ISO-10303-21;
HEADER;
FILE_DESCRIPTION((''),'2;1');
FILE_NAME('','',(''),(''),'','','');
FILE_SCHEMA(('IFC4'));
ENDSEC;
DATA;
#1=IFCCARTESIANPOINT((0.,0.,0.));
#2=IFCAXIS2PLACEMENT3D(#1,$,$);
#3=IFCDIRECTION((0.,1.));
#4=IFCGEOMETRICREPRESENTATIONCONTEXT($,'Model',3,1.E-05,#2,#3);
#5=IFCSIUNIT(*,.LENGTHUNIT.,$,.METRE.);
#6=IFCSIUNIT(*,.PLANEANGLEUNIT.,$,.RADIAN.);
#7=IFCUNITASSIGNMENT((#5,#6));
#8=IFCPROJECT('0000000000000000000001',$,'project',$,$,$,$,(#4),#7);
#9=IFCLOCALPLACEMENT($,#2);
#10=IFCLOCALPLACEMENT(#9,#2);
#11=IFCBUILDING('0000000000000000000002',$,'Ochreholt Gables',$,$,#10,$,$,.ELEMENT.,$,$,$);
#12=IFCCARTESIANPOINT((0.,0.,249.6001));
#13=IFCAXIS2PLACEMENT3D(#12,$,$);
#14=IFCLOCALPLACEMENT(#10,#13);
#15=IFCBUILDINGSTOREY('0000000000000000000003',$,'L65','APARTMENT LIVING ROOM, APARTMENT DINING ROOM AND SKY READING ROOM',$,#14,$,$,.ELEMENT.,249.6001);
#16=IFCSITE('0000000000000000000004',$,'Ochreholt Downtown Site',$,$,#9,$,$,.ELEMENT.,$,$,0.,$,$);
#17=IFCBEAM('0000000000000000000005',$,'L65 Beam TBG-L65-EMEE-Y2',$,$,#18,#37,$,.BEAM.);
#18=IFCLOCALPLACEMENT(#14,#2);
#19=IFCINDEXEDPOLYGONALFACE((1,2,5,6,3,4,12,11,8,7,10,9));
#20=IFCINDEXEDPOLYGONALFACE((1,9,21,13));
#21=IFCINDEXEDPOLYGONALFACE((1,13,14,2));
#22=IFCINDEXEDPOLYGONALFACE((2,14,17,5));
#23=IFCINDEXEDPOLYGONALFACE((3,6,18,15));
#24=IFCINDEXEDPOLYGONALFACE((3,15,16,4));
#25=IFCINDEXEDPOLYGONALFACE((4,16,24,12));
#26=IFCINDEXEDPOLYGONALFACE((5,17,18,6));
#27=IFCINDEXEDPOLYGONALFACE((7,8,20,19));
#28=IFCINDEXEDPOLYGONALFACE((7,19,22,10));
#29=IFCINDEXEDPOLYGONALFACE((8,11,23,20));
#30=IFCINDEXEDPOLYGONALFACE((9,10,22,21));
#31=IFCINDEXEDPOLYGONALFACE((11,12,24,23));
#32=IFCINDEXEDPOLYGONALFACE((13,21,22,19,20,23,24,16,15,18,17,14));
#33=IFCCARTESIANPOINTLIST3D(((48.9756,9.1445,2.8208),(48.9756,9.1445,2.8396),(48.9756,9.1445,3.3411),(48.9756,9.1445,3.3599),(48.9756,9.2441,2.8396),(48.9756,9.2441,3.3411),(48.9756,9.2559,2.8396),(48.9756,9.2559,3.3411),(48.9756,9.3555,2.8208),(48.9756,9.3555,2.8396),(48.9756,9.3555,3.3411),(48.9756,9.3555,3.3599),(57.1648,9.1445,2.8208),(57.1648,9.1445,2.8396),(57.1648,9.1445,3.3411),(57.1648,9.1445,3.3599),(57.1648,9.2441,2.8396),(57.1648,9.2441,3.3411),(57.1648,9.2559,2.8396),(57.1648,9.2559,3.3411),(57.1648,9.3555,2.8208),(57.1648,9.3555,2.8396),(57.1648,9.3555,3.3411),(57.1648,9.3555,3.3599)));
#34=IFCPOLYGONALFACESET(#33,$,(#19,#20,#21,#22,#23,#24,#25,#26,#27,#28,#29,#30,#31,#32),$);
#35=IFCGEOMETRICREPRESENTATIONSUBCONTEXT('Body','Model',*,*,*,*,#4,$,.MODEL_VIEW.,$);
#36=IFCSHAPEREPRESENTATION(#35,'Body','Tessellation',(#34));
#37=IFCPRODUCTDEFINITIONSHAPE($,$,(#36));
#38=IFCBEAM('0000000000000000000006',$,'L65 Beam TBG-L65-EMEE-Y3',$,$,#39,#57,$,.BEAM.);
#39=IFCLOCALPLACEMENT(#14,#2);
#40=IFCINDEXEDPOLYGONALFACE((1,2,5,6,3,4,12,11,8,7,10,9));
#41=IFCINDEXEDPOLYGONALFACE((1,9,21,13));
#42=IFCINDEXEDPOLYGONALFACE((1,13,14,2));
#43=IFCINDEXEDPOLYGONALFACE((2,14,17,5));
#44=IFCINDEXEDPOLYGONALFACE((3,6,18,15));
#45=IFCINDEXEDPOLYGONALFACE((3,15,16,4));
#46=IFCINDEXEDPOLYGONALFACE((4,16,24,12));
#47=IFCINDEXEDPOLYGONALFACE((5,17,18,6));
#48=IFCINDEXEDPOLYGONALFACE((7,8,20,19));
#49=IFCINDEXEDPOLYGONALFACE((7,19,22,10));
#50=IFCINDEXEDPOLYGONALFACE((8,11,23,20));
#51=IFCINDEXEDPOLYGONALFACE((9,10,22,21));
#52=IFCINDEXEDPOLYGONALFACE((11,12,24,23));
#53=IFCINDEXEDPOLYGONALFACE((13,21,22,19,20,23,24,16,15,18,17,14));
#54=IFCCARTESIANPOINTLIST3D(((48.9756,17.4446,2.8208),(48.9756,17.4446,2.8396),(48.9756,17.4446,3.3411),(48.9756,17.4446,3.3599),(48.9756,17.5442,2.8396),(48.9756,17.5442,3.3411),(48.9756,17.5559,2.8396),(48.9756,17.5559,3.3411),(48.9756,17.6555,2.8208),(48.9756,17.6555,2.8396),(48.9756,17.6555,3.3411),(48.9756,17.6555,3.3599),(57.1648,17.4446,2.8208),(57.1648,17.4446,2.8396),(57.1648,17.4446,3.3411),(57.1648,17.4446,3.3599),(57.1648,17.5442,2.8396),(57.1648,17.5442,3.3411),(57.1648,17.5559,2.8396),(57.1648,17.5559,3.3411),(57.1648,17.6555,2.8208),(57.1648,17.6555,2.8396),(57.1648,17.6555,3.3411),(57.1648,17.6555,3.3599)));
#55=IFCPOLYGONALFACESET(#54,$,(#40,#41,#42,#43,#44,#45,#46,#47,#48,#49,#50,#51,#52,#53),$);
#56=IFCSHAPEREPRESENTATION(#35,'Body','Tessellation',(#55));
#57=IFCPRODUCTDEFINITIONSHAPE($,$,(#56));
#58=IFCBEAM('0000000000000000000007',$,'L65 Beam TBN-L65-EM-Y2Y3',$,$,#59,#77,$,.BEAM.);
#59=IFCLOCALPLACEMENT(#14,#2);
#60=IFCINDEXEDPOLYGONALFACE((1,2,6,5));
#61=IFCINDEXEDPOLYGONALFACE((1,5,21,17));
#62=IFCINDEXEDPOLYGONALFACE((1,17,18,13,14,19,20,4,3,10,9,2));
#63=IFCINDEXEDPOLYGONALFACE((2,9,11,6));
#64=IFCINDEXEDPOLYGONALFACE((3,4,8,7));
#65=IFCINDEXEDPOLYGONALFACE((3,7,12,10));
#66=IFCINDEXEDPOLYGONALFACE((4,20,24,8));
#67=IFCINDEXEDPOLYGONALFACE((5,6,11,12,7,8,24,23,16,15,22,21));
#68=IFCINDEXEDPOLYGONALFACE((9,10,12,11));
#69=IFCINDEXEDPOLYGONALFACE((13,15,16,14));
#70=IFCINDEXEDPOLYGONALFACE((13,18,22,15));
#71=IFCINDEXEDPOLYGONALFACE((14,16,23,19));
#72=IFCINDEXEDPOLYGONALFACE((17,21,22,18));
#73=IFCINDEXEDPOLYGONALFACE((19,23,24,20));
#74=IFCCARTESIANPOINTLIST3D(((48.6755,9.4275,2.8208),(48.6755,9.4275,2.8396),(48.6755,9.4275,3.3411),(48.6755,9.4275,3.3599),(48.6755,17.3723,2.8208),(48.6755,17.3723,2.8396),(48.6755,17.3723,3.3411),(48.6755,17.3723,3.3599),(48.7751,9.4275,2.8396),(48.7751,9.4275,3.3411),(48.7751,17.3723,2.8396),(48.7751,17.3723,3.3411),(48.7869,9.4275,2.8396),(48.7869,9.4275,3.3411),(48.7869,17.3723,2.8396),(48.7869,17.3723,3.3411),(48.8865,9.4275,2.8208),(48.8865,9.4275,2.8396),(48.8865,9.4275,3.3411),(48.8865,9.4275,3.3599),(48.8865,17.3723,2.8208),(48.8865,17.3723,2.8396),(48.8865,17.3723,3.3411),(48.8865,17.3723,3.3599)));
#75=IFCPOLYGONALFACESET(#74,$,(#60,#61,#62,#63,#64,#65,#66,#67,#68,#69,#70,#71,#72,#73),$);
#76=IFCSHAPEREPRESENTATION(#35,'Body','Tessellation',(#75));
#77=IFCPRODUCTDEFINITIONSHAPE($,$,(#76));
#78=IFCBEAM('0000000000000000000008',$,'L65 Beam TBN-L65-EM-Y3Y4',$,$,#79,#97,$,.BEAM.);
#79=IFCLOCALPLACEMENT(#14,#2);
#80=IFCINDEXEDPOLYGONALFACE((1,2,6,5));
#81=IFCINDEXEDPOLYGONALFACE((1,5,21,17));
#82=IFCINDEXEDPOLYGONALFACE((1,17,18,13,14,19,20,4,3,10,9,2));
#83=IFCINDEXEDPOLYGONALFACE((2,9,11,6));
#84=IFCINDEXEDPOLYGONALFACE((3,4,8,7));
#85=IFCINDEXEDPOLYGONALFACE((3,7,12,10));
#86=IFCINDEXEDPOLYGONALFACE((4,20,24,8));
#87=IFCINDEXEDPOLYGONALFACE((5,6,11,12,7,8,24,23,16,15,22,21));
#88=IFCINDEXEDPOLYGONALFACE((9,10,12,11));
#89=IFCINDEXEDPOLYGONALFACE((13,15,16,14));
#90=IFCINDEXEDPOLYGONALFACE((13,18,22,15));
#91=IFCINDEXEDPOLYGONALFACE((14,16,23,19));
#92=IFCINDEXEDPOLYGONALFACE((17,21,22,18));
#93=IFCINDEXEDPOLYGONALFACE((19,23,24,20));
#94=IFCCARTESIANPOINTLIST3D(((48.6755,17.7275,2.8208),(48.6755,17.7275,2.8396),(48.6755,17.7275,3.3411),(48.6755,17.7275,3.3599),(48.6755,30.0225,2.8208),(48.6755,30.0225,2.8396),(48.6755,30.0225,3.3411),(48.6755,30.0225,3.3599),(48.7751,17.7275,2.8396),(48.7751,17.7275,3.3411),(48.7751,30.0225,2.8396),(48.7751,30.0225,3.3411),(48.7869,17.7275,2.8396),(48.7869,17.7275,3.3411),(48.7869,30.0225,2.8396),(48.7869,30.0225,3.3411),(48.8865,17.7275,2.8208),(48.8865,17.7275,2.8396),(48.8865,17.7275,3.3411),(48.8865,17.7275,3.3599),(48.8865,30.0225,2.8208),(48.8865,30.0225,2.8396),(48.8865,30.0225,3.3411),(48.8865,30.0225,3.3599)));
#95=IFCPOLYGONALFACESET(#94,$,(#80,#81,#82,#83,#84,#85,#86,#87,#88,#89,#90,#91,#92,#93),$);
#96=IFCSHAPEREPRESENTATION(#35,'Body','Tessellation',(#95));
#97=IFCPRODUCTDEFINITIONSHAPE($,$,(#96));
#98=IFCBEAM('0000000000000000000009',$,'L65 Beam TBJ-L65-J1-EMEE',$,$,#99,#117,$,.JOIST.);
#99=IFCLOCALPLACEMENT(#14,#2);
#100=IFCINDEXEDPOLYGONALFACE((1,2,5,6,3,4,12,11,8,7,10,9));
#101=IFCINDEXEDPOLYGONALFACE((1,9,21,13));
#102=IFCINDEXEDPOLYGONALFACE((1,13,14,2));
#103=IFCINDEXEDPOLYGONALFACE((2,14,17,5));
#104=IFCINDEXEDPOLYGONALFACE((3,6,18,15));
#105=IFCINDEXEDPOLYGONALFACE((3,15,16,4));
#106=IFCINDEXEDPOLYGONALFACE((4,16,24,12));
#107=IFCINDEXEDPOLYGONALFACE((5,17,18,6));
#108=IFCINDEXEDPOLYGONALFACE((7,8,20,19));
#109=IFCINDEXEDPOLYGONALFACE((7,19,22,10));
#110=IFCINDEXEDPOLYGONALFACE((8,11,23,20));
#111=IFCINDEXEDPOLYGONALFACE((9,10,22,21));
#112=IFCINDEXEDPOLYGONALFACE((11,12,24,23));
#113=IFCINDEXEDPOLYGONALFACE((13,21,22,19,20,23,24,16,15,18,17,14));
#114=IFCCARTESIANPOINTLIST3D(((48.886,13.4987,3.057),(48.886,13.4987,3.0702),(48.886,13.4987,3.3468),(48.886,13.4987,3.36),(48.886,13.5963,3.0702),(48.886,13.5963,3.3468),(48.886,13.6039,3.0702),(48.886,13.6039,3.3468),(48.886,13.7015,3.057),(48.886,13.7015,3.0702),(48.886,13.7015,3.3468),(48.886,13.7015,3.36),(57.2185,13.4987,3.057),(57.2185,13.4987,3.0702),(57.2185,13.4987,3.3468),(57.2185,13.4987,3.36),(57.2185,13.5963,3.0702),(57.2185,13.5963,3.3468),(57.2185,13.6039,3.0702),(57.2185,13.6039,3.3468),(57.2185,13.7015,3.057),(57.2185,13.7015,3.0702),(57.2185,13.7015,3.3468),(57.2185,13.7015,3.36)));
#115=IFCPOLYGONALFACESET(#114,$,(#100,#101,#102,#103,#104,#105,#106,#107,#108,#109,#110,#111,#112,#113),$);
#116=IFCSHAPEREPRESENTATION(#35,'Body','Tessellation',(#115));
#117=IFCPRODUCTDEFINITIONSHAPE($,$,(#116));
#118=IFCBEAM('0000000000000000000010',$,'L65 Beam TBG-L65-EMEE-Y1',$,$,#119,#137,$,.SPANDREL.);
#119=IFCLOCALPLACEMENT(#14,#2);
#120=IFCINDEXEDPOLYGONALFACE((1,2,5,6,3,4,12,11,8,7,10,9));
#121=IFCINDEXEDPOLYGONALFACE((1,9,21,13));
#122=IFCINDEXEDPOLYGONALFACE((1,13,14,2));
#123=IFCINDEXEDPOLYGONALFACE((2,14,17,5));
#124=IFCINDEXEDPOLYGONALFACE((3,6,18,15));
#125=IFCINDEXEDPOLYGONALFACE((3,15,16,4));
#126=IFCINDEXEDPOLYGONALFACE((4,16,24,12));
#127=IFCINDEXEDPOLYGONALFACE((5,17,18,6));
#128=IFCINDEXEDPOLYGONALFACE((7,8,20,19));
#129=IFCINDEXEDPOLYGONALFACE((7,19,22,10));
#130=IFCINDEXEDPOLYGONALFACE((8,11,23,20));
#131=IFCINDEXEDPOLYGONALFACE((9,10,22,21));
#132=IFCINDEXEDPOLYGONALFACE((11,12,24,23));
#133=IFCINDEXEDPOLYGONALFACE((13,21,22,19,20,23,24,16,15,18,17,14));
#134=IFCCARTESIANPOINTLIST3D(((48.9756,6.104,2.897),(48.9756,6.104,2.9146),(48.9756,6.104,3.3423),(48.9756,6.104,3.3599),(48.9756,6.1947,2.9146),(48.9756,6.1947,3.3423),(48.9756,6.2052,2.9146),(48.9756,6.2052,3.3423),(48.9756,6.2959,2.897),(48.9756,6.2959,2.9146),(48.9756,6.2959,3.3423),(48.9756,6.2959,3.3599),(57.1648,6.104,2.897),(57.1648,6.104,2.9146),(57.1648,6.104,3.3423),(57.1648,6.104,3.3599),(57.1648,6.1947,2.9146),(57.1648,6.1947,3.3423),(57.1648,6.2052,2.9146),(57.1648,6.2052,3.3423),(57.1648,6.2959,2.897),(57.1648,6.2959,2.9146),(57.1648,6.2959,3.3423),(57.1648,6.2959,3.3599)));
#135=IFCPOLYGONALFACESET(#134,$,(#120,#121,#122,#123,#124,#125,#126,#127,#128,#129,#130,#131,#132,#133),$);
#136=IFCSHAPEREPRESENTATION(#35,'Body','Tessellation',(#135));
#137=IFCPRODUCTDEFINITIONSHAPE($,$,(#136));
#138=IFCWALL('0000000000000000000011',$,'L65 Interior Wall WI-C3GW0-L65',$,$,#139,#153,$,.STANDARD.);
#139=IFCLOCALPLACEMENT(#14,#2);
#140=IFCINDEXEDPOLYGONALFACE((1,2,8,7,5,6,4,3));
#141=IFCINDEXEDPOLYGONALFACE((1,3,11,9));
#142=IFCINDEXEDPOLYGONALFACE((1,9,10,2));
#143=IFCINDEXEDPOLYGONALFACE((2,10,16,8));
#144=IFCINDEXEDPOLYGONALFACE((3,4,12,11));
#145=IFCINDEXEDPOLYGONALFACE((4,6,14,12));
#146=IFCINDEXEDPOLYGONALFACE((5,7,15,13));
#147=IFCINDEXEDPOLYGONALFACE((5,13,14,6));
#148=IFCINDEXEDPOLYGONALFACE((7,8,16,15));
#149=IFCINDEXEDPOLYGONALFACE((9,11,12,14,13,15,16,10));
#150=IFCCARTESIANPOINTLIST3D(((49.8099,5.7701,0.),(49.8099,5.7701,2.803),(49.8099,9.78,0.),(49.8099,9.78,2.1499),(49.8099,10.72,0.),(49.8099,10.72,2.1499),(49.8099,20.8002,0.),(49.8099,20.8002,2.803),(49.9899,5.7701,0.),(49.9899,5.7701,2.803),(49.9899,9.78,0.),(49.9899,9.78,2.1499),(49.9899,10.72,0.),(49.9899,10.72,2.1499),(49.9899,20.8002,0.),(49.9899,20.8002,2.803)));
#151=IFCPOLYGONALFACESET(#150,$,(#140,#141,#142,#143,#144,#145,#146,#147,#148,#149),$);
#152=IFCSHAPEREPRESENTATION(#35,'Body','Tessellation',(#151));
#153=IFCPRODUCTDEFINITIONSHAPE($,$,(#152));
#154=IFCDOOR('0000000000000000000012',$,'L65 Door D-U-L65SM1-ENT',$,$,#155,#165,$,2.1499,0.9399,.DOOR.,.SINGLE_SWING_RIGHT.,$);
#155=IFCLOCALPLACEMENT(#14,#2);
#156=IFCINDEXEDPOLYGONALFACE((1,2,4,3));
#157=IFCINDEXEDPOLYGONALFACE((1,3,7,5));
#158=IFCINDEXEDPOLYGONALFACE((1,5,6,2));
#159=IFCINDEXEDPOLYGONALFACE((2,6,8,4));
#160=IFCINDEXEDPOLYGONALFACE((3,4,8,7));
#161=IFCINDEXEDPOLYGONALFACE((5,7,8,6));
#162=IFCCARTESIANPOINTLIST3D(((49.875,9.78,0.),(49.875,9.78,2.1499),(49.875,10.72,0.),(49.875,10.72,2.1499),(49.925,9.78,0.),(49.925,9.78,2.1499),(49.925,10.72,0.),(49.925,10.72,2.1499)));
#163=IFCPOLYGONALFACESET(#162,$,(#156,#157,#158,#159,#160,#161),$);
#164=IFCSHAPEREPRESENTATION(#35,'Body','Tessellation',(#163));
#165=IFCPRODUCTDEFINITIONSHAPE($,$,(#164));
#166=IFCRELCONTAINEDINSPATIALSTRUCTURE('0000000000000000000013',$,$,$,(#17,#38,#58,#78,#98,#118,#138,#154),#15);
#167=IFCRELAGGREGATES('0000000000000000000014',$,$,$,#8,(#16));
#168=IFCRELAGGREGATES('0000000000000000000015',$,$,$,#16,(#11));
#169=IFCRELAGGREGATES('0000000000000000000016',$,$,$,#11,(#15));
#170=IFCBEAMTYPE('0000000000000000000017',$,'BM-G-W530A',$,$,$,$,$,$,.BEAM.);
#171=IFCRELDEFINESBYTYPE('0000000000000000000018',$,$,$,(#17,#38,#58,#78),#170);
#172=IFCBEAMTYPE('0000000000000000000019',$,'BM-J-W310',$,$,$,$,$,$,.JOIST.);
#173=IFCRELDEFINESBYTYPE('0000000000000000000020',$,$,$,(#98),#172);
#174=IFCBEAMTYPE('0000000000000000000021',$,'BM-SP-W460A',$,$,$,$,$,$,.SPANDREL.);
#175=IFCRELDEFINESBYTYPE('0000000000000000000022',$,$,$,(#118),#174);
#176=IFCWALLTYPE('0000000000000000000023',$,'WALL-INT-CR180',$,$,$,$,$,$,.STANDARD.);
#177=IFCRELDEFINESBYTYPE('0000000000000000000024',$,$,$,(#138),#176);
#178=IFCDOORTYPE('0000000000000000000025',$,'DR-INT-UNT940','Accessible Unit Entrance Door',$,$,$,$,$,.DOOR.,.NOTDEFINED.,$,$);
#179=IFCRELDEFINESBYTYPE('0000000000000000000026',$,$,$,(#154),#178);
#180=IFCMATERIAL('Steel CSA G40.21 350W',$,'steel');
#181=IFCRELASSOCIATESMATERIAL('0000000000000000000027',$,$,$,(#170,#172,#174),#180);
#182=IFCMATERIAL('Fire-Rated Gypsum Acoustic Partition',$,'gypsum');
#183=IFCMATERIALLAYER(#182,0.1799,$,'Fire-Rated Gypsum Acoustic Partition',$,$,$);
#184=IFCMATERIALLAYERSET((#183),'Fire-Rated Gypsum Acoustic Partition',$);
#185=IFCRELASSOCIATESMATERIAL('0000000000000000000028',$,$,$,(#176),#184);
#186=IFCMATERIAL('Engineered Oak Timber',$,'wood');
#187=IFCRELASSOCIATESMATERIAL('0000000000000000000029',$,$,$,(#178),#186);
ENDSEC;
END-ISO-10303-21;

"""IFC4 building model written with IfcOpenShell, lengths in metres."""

from ifc_helpers import new_model, si_unit, direction, frame, frame_2d, origin, origin_2d, place, context, subcontext, project, spatial, rectangle, i_section, extrude, material, layer, layer_set, material_profile, profile_set, type_object, element, fill, save


model = new_model("IFC4")

# Units and contexts
model_context = context("Model", 3, precision=1e-05, world=origin(), true_north=direction((0.0, 1.0)))
body_context = subcontext(model_context, "Body", "Model", "MODEL_VIEW")
ifc_project = project(units=[si_unit("LENGTHUNIT", "METRE"), si_unit("PLANEANGLEUNIT", "RADIAN")], contexts=[model_context])

# Site, building, storey
site_placement = place(None, origin())
site = spatial("IfcSite", under=ifc_project, at=site_placement, Name="Ochreholt Downtown Site", CompositionType="ELEMENT", RefElevation=0.0)
building_placement = place(site_placement, origin())
building = spatial("IfcBuilding", under=site, at=building_placement, Name="Ochreholt Gables", CompositionType="ELEMENT")
storey_placement = place(building_placement, frame((0.0, 0.0, 249.6001)))
storey = spatial("IfcBuildingStorey", under=building, at=storey_placement, Name="L65", Description="APARTMENT LIVING ROOM, APARTMENT DINING ROOM AND SKY READING ROOM", CompositionType="ELEMENT", Elevation=249.6001)

# Beams
ifc_material_1 = material(Name="Steel CSA G40.21 350W", Category="steel")
ifc_material_profile_1 = material_profile(ifc_material_1, i_section(OverallWidth=0.2109, OverallDepth=0.5391, WebThickness=0.0117, FlangeThickness=0.0188, at=origin_2d()), Name="W530X109")
ifc_profile_set_1 = profile_set([ifc_material_profile_1], Name="Steel CSA G40.21 350W")
beam_type_1 = type_object("IfcBeamType", Name="BM-G-W530A", PredefinedType="BEAM", material=ifc_profile_set_1)
for number, where, z_axis, x_axis, name in (
    (1, (48.9756, 9.25, 3.0903), (1.0, 0.0, 0.0), (0.0, 1.0, 0.0), "L65 Beam TBG-L65-EMEE-Y2"),
    (2, (48.9756, 17.55, 3.0903), (1.0, 0.0, 0.0), (0.0, 1.0, 0.0), "L65 Beam TBG-L65-EMEE-Y3"),
):
    element("IfcBeam", number, at=place(storey_placement, frame(where, z_axis=z_axis, x_axis=x_axis)), inside=storey, type_object=beam_type_1, Name=name, PredefinedType="BEAM", context=body_context, shape_type="SweptSolid", body=[
        extrude(i_section(OverallWidth=0.2109, OverallDepth=0.5391, WebThickness=0.0117, FlangeThickness=0.0188, at=origin_2d()), origin(), (0.0, 0.0, 1.0), 8.1892),
    ])
beam_1_placement = place(storey_placement, frame((48.781, 9.4275, 3.0903), z_axis=(0.0, 1.0, 0.0), x_axis=(-1.0, 0.0, 0.0)))
element("IfcBeam", 3, at=beam_1_placement, inside=storey, type_object=beam_type_1, Name="L65 Beam TBN-L65-EM-Y2Y3", PredefinedType="BEAM", context=body_context, shape_type="SweptSolid", body=[
    extrude(i_section(OverallWidth=0.2109, OverallDepth=0.5391, WebThickness=0.0117, FlangeThickness=0.0188, at=origin_2d()), origin(), (0.0, 0.0, 1.0), 7.9448),
])
beam_2_placement = place(storey_placement, frame((48.781, 17.7275, 3.0903), z_axis=(0.0, 1.0, 0.0), x_axis=(-1.0, 0.0, 0.0)))
element("IfcBeam", 4, at=beam_2_placement, inside=storey, type_object=beam_type_1, Name="L65 Beam TBN-L65-EM-Y3Y4", PredefinedType="BEAM", context=body_context, shape_type="SweptSolid", body=[
    extrude(i_section(OverallWidth=0.2109, OverallDepth=0.5391, WebThickness=0.0117, FlangeThickness=0.0188, at=origin_2d()), origin(), (0.0, 0.0, 1.0), 12.2949),
])
ifc_material_profile_2 = material_profile(ifc_material_1, i_section(OverallWidth=0.2029, OverallDepth=0.303, WebThickness=0.0076, FlangeThickness=0.0132, at=origin_2d()), Name="W310X60")
ifc_profile_set_2 = profile_set([ifc_material_profile_2], Name="Steel CSA G40.21 350W")
beam_type_2 = type_object("IfcBeamType", Name="BM-J-W310", PredefinedType="JOIST", material=ifc_profile_set_2)
beam_3_placement = place(storey_placement, frame((48.886, 13.6001, 3.2085), z_axis=(1.0, 0.0, 0.0), x_axis=(0.0, 1.0, 0.0)))
element("IfcBeam", 5, at=beam_3_placement, inside=storey, type_object=beam_type_2, Name="L65 Beam TBJ-L65-J1-EMEE", PredefinedType="JOIST", context=body_context, shape_type="SweptSolid", body=[
    extrude(i_section(OverallWidth=0.2029, OverallDepth=0.303, WebThickness=0.0076, FlangeThickness=0.0132, at=origin_2d()), origin(), (0.0, 0.0, 1.0), 8.3325),
])
ifc_material_profile_3 = material_profile(ifc_material_1, i_section(OverallWidth=0.1919, OverallDepth=0.4629, WebThickness=0.0105, FlangeThickness=0.0176, at=origin_2d()), Name="W460X89")
ifc_profile_set_3 = profile_set([ifc_material_profile_3], Name="Steel CSA G40.21 350W")
beam_type_3 = type_object("IfcBeamType", Name="BM-SP-W460A", PredefinedType="SPANDREL", material=ifc_profile_set_3)
beam_4_placement = place(storey_placement, frame((48.9756, 6.2, 3.1284), z_axis=(1.0, 0.0, 0.0), x_axis=(0.0, 1.0, 0.0)))
element("IfcBeam", 6, at=beam_4_placement, inside=storey, type_object=beam_type_3, Name="L65 Beam TBG-L65-EMEE-Y1", PredefinedType="SPANDREL", context=body_context, shape_type="SweptSolid", body=[
    extrude(i_section(OverallWidth=0.1919, OverallDepth=0.4629, WebThickness=0.0105, FlangeThickness=0.0176, at=origin_2d()), origin(), (0.0, 0.0, 1.0), 8.1892),
])

# Wall, opening, door
ifc_material_2 = material(Name="Fire-Rated Gypsum Acoustic Partition", Category="gypsum")
ifc_layer_1 = layer(ifc_material_2, 0.1799, Name="Fire-Rated Gypsum Acoustic Partition")
ifc_layer_set_1 = layer_set([ifc_layer_1], Name="Fire-Rated Gypsum Acoustic Partition")
wall_type_1 = type_object("IfcWallType", Name="WALL-INT-CR180", PredefinedType="STANDARD", material=ifc_layer_set_1)
wall_1_placement = place(storey_placement, frame((49.8999, 5.77, 0.0), z_axis=(0.0, 0.0, 1.0), x_axis=(0.0, 1.0, 0.0)))
wall_1 = element("IfcWall", 7, at=wall_1_placement, inside=storey, type_object=wall_type_1, Name="L65 Interior Wall WI-C3GW0-L65", PredefinedType="STANDARD", context=body_context, shape_type="SweptSolid", body=[
    extrude(rectangle(XDim=15.03, YDim=0.1799, at=frame_2d((7.5151, 0.0))), origin(), (0.0, 0.0, 1.0), 2.803),
])
opening_1_placement = place(wall_1_placement, frame((4.01, 0.0, 0.0)))
opening_1 = element("IfcOpeningElement", 8, at=opening_1_placement, cuts=wall_1, PredefinedType="OPENING", context=body_context, shape_type="SweptSolid", body=[
    extrude(rectangle(XDim=0.9399, YDim=2.1499, at=frame_2d((0.47, 1.075))), frame((0.0, 0.0999, 0.0), z_axis=(0.0, -1.0, 0.0), x_axis=(1.0, 0.0, 0.0)), (0.0, 0.0, 1.0), 0.2),
])
ifc_material_3 = material(Name="Engineered Oak Timber", Category="wood")
door_type_1 = type_object("IfcDoorType", Name="DR-INT-UNT940", Description="Accessible Unit Entrance Door", OperationType="NOTDEFINED", PredefinedType="DOOR", material=ifc_material_3)
door_1_placement = place(opening_1_placement, origin())
door_1 = element("IfcDoor", 9, at=door_1_placement, inside=storey, type_object=door_type_1, Name="L65 Door D-U-L65SM1-ENT", OperationType="SINGLE_SWING_RIGHT", OverallHeight=2.1499, OverallWidth=0.9399, PredefinedType="DOOR", context=body_context, shape_type="SweptSolid", body=[
    extrude(rectangle(XDim=0.9399, YDim=2.1499, at=frame_2d((0.47, 1.075))), frame((0.0, 0.0249, 0.0), z_axis=(0.0, -1.0, 0.0), x_axis=(1.0, 0.0, 0.0)), (0.0, 0.0, 1.0), 0.05),
])
fill(opening_1, door_1)

save(model, "model.ifc")
